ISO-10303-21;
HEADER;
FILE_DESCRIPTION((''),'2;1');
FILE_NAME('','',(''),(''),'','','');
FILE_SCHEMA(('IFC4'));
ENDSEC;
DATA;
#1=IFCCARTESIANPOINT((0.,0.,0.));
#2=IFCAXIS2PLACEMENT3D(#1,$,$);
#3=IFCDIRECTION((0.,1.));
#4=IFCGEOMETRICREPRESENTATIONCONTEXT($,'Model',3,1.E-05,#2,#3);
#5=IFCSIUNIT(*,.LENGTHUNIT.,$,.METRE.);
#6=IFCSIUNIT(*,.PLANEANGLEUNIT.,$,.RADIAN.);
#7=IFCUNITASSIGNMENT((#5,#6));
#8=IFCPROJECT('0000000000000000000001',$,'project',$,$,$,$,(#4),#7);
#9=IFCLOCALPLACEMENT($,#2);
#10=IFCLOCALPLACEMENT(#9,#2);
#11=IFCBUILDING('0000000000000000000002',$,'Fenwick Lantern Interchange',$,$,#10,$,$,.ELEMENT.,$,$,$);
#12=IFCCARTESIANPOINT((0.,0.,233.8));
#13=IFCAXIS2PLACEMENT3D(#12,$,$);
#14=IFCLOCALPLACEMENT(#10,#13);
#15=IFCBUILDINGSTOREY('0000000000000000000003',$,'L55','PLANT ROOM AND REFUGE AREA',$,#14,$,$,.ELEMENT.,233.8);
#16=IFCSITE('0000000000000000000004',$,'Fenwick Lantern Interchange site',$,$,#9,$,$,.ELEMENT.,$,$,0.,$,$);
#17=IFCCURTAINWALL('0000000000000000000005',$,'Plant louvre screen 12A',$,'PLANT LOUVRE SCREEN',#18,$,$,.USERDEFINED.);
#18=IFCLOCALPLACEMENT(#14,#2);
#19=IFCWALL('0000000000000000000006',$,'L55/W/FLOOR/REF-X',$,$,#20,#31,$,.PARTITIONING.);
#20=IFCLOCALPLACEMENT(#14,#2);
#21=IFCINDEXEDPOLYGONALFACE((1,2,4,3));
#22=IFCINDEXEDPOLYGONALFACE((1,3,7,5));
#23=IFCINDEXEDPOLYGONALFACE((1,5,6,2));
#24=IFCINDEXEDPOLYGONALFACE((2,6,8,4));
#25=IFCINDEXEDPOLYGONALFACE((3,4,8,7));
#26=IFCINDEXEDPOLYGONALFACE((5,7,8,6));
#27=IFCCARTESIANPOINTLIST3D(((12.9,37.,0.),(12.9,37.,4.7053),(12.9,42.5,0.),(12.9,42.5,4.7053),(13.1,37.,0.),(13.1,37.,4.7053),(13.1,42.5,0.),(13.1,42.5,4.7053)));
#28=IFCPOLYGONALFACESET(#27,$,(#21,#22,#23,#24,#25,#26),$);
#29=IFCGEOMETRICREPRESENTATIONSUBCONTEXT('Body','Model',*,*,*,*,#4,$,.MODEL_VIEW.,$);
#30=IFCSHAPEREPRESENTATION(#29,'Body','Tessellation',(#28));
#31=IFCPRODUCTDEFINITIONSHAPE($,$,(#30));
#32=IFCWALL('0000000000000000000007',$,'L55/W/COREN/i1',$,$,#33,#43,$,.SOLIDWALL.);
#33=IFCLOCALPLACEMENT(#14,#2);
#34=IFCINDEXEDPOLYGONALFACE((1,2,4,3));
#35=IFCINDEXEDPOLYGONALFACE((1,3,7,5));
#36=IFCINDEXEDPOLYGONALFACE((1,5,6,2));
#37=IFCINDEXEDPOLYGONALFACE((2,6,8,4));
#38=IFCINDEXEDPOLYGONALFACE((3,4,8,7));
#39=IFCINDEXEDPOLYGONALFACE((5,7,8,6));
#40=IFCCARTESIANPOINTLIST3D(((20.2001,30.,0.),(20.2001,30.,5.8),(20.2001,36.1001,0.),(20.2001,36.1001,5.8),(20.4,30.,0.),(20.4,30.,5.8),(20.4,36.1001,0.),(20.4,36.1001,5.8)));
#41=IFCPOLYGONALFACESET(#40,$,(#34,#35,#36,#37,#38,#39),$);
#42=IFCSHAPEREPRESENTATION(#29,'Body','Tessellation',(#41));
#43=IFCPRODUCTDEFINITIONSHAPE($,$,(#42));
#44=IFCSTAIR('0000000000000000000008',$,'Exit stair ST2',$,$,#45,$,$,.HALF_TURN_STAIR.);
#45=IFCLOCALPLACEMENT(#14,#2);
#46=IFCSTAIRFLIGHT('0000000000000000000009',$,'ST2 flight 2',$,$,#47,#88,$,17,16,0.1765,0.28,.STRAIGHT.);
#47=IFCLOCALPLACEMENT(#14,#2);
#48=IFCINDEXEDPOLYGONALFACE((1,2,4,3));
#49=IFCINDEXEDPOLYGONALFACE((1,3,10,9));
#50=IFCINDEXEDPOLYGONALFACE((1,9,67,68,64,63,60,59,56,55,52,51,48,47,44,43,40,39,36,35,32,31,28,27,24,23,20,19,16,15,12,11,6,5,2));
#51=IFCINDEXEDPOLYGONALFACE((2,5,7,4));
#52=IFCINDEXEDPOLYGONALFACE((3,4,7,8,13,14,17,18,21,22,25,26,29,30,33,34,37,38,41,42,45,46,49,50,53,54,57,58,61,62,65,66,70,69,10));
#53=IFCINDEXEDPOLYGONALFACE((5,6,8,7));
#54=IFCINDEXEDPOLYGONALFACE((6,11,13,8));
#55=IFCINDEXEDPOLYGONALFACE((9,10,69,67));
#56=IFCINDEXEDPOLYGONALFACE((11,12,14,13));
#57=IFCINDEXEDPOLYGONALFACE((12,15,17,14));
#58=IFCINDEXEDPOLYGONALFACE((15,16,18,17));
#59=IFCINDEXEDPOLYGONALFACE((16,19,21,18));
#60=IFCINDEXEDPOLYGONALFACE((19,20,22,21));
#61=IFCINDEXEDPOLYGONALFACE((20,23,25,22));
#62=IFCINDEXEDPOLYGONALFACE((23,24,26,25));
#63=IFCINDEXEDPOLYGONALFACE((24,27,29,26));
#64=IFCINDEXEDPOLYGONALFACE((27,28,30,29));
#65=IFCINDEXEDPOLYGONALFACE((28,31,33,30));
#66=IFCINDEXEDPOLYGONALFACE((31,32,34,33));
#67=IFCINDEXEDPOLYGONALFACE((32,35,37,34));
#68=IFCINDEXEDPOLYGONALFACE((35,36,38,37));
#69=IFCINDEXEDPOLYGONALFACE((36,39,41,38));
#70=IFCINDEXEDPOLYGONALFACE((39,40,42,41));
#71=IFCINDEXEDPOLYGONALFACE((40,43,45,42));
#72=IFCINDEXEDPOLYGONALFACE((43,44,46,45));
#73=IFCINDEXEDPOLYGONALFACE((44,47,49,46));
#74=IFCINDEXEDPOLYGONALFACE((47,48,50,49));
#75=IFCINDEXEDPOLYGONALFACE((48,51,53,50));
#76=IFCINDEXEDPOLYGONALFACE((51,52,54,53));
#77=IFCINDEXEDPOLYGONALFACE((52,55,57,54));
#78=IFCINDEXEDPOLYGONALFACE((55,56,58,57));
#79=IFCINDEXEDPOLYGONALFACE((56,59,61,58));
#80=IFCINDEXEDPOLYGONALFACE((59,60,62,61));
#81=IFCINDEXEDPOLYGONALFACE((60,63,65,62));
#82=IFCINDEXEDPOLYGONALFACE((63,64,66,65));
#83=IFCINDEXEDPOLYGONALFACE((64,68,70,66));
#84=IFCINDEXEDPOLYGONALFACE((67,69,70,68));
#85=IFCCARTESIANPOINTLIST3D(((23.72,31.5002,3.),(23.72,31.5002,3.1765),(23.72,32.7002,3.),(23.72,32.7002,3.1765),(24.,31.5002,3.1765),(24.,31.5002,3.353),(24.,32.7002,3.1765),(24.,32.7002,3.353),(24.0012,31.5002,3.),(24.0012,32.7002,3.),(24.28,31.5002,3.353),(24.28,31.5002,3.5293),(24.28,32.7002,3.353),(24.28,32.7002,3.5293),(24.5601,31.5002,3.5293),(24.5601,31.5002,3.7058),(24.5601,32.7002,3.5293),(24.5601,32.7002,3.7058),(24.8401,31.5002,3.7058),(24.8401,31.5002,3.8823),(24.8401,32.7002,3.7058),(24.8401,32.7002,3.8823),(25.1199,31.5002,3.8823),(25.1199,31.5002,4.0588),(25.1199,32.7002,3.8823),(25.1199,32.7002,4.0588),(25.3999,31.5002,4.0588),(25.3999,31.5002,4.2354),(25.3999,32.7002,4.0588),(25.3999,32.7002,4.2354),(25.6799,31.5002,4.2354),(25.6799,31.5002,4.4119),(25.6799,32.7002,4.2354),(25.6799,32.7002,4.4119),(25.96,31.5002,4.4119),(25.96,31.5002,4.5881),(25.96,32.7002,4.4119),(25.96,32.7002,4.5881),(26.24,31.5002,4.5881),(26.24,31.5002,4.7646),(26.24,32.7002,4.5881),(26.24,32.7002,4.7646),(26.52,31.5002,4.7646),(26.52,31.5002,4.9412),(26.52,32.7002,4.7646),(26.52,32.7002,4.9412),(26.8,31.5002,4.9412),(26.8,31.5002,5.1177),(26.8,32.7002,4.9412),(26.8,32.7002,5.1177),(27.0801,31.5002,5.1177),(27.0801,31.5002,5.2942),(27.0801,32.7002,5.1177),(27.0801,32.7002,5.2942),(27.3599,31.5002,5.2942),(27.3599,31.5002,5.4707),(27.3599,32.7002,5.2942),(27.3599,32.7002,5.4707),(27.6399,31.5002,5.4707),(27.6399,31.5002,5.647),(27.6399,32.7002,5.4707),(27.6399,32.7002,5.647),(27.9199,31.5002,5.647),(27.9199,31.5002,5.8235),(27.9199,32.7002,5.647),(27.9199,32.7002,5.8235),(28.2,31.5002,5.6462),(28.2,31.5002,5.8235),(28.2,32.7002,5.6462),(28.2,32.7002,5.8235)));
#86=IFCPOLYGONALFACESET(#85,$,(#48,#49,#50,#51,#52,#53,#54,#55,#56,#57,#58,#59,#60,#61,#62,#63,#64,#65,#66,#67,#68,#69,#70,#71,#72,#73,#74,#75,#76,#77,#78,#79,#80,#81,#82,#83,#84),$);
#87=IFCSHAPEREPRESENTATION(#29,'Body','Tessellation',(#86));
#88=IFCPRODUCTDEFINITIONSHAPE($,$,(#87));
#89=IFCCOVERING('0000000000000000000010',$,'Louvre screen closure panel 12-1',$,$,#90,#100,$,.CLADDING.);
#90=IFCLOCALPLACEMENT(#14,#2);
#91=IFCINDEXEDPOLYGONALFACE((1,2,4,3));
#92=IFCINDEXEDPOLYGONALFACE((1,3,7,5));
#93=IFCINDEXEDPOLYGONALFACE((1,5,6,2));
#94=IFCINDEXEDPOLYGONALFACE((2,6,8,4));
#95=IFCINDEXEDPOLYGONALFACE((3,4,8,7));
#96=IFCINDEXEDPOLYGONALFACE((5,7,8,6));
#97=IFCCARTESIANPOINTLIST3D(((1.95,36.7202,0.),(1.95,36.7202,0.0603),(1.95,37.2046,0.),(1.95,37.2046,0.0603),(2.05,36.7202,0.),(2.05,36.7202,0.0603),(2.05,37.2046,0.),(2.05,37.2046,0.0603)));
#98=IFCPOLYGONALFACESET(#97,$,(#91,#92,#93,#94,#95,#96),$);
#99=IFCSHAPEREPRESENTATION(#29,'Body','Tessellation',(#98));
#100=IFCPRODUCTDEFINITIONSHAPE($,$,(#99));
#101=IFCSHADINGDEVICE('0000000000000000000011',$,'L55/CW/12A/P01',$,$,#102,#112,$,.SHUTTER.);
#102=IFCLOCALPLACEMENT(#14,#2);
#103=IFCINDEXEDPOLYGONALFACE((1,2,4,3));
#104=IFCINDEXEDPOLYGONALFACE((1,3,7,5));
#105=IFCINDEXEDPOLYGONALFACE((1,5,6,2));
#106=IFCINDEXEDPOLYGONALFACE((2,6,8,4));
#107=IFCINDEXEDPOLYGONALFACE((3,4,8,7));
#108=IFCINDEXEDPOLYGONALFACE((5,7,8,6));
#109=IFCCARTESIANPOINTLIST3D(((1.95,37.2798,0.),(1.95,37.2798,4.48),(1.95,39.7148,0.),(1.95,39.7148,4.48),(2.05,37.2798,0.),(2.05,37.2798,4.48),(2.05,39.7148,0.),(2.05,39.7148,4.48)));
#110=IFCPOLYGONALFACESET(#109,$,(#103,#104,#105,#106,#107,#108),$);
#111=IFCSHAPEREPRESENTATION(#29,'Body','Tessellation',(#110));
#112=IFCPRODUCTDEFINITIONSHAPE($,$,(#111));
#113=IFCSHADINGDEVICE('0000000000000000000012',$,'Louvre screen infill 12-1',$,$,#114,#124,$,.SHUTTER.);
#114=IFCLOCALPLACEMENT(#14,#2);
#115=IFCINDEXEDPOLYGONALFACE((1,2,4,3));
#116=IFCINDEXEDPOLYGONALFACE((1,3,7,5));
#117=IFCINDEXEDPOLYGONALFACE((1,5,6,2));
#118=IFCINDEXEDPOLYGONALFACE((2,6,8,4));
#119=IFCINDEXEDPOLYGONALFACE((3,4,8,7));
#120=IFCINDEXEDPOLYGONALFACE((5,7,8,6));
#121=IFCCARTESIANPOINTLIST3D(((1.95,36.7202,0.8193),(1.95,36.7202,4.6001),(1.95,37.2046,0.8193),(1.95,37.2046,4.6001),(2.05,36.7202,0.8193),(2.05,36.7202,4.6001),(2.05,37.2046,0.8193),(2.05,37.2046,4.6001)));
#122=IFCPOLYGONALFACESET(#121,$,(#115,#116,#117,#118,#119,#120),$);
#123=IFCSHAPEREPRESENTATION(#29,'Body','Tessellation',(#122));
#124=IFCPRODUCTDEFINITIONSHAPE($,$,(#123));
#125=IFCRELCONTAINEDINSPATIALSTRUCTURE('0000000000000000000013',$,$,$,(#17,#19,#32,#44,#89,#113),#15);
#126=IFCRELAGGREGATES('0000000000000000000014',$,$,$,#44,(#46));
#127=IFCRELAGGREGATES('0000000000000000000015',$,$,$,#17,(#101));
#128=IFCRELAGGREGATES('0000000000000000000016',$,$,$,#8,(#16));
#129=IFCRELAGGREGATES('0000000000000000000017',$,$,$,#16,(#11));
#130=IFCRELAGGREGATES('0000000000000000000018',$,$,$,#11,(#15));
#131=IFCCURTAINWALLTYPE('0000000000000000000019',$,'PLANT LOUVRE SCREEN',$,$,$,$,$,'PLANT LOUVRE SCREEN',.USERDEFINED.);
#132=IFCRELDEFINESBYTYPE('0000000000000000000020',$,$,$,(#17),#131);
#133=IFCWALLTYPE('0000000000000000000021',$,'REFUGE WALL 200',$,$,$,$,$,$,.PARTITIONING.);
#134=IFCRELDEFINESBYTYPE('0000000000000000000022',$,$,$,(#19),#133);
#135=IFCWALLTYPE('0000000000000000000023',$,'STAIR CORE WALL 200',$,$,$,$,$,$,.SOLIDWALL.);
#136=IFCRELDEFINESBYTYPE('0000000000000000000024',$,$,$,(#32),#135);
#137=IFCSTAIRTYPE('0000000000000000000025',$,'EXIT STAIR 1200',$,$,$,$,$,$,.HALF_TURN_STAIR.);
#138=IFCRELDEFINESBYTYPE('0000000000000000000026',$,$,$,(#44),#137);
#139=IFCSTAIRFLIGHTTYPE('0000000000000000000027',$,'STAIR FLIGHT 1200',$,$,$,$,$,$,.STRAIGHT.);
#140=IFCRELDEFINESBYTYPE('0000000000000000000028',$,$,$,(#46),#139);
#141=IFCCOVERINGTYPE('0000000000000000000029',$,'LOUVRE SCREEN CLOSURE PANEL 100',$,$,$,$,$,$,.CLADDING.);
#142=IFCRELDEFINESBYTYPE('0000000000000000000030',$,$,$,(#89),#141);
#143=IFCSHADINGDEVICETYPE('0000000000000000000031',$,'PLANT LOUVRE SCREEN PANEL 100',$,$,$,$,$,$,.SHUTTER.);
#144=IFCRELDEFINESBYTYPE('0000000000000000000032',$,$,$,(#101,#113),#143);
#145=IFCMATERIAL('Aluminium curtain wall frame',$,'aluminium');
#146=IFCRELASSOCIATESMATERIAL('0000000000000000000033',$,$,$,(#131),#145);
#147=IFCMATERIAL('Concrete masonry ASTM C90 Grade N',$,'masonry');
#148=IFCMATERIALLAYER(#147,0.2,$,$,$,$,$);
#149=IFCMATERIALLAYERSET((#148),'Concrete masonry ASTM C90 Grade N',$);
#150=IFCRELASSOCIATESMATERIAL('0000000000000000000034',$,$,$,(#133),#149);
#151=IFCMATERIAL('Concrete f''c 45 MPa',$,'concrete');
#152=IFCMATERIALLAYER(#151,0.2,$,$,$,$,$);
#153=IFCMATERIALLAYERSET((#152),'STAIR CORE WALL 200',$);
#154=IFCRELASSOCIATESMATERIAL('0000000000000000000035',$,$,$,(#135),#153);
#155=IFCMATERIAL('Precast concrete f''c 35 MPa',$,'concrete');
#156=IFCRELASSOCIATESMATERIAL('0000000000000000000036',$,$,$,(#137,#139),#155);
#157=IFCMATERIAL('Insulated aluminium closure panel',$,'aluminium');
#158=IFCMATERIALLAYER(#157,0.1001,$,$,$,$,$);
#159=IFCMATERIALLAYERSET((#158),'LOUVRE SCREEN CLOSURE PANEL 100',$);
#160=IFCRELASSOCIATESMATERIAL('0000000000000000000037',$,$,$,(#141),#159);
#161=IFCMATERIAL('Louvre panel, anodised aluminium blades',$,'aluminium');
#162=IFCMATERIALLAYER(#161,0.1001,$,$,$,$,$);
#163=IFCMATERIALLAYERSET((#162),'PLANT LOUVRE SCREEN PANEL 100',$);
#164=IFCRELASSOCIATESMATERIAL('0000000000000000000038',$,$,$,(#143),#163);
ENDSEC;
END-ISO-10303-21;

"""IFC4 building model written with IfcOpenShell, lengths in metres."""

from ifc_helpers import new_model, si_unit, direction, frame, frame_2d, origin, origin_2d, place, context, subcontext, project, spatial, polyline, rectangle, outline, extrude, material, layer, layer_set, type_object, element, aggregate, save


model = new_model("IFC4")

# Units and contexts
model_context = context("Model", 3, precision=1e-05, world=origin(), true_north=direction((0.0, 1.0)))
body_context = subcontext(model_context, "Body", "Model", "MODEL_VIEW")
ifc_project = project(units=[si_unit("LENGTHUNIT", "METRE"), si_unit("PLANEANGLEUNIT", "RADIAN")], contexts=[model_context])

# Site, building, storey
site_placement = place(None, origin())
site = spatial("IfcSite", under=ifc_project, at=site_placement, Name="Fenwick Lantern Interchange site", CompositionType="ELEMENT", RefElevation=0.0)
building_placement = place(site_placement, origin())
building = spatial("IfcBuilding", under=site, at=building_placement, Name="Fenwick Lantern Interchange", CompositionType="ELEMENT")
storey_placement = place(building_placement, frame((0.0, 0.0, 233.8)))
storey = spatial("IfcBuildingStorey", under=building, at=storey_placement, Name="L55", Description="PLANT ROOM AND REFUGE AREA", CompositionType="ELEMENT", Elevation=233.8)

# Curtain wall
ifc_material_1 = material(Name="Aluminium curtain wall frame", Category="aluminium")
curtain_wall_type = type_object("IfcCurtainWallType", Name="PLANT LOUVRE SCREEN", ElementType="PLANT LOUVRE SCREEN", PredefinedType="USERDEFINED", material=ifc_material_1)
curtain_wall_1_placement = place(storey_placement, origin())
curtain_wall_1 = element("IfcCurtainWall", 1, at=curtain_wall_1_placement, inside=storey, type_object=curtain_wall_type, Name="Plant louvre screen 12A", ObjectType="PLANT LOUVRE SCREEN", PredefinedType="USERDEFINED")

# Shared definitions
ifc_material_2 = material(Name="Concrete masonry ASTM C90 Grade N", Category="masonry")

# Walls
ifc_layer_1 = layer(ifc_material_2, 0.2)
ifc_layer_set_1 = layer_set([ifc_layer_1], Name="Concrete masonry ASTM C90 Grade N")
wall_type_1 = type_object("IfcWallType", Name="REFUGE WALL 200", PredefinedType="PARTITIONING", material=ifc_layer_set_1)
wall_1_placement = place(storey_placement, frame((13.0, 37.0, 0.0), z_axis=(0.0, 0.0, 1.0), x_axis=(0.0, 1.0, 0.0)))
element("IfcWall", 2, at=wall_1_placement, inside=storey, type_object=wall_type_1, Name="L55/W/FLOOR/REF-X", PredefinedType="PARTITIONING", context=body_context, shape_type="SweptSolid", body=[
    extrude(rectangle(XDim=5.5, YDim=0.2, at=frame_2d((2.75, 0.0))), origin(), (0.0, 0.0, 1.0), 4.7053),
])
ifc_material_3 = material(Name="Concrete f'c 45 MPa", Category="concrete")
ifc_layer_2 = layer(ifc_material_3, 0.2)
ifc_layer_set_2 = layer_set([ifc_layer_2], Name="STAIR CORE WALL 200")
wall_type_2 = type_object("IfcWallType", Name="STAIR CORE WALL 200", PredefinedType="SOLIDWALL", material=ifc_layer_set_2)
wall_2_placement = place(storey_placement, frame((20.3, 36.1001, 0.0), z_axis=(0.0, 0.0, 1.0), x_axis=(0.0, -1.0, 0.0)))
element("IfcWall", 3, at=wall_2_placement, inside=storey, type_object=wall_type_2, Name="L55/W/COREN/i1", PredefinedType="SOLIDWALL", context=body_context, shape_type="SweptSolid", body=[
    extrude(rectangle(XDim=6.1001, YDim=0.2, at=frame_2d((3.05, 0.0))), origin(), (0.0, 0.0, 1.0), 5.8),
])

# Stair, stair flight
ifc_material_4 = material(Name="Precast concrete f'c 35 MPa", Category="concrete")
stair_type = type_object("IfcStairType", Name="EXIT STAIR 1200", PredefinedType="HALF_TURN_STAIR", material=ifc_material_4)
stair_placement = place(storey_placement, origin())
stair = element("IfcStair", 4, at=stair_placement, inside=storey, type_object=stair_type, Name="Exit stair ST2", PredefinedType="HALF_TURN_STAIR")
stair_flight_type = type_object("IfcStairFlightType", Name="STAIR FLIGHT 1200", PredefinedType="STRAIGHT", material=ifc_material_4)
stair_flight_placement = place(storey_placement, frame((23.72, 32.1001, 3.0), z_axis=(0.0, 0.0, 1.0), x_axis=(1.0, 0.0, 0.0)))
stair_flight = element("IfcStairFlight", 5, at=stair_flight_placement, type_object=stair_flight_type, Name="ST2 flight 2", NumberOfRisers=17, NumberOfTreads=16, PredefinedType="STRAIGHT", RiserHeight=0.1765, TreadLength=0.28, context=body_context, shape_type="SweptSolid", body=[
    extrude(outline(polyline([(0.0, 0.0), (0.0, 0.1765), (0.28, 0.1765), (0.28, 0.353), (0.5601, 0.353), (0.5601, 0.5293), (0.8401, 0.5293), (0.8401, 0.7058), (1.1201, 0.7058), (1.1201, 0.8823), (1.3999, 0.8823), (1.3999, 1.0588), (1.6799, 1.0588), (1.6799, 1.2354), (1.96, 1.2354), (1.96, 1.4119), (2.24, 1.4119), (2.24, 1.5881), (2.52, 1.5881), (2.52, 1.7646), (2.8, 1.7646), (2.8, 1.9412), (3.0801, 1.9412), (3.0801, 2.1177), (3.3601, 2.1177), (3.3601, 2.2942), (3.6399, 2.2942), (3.6399, 2.4707), (3.9199, 2.4707), (3.9199, 2.647), (4.2, 2.647), (4.2, 2.8235), (4.48, 2.8235), (4.48, 3.0), (4.48, 2.6462), (0.2812, 0.0), (0.0, 0.0)])), frame((0.0, 0.6001, 0.0), z_axis=(0.0, -1.0, 0.0), x_axis=(1.0, 0.0, 0.0)), (0.0, 0.0, 1.0), 1.2),
])
aggregate(stair, [stair_flight])

# Covering
ifc_material_5 = material(Name="Insulated aluminium closure panel", Category="aluminium")
ifc_layer_3 = layer(ifc_material_5, 0.1001)
ifc_layer_set_3 = layer_set([ifc_layer_3], Name="LOUVRE SCREEN CLOSURE PANEL 100")
covering_type = type_object("IfcCoveringType", Name="LOUVRE SCREEN CLOSURE PANEL 100", PredefinedType="CLADDING", material=ifc_layer_set_3)
covering_placement = place(storey_placement, frame((2.0, 36.9624, 0.0), z_axis=(0.0, 0.0, 1.0), x_axis=(0.0, -1.0, 0.0)))
element("IfcCovering", 6, at=covering_placement, inside=storey, type_object=covering_type, Name="Louvre screen closure panel 12-1", PredefinedType="CLADDING", context=body_context, shape_type="SweptSolid", body=[
    extrude(rectangle(XDim=0.4844, YDim=0.1001, at=origin_2d()), origin(), (0.0, 0.0, 1.0), 0.0603),
])

# Shading devices
ifc_material_6 = material(Name="Louvre panel, anodised aluminium blades", Category="aluminium")
ifc_layer_4 = layer(ifc_material_6, 0.1001)
ifc_layer_set_4 = layer_set([ifc_layer_4], Name="PLANT LOUVRE SCREEN PANEL 100")
shading_device_type = type_object("IfcShadingDeviceType", Name="PLANT LOUVRE SCREEN PANEL 100", PredefinedType="SHUTTER", material=ifc_layer_set_4)
shading_device_1_placement = place(storey_placement, frame((2.0, 38.4973, 0.0), z_axis=(0.0, 0.0, 1.0), x_axis=(0.0, -1.0, 0.0)))
shading_device_1 = element("IfcShadingDevice", 7, at=shading_device_1_placement, type_object=shading_device_type, Name="L55/CW/12A/P01", PredefinedType="SHUTTER", context=body_context, shape_type="SweptSolid", body=[
    extrude(rectangle(XDim=2.4351, YDim=0.1001, at=origin_2d()), origin(), (0.0, 0.0, 1.0), 4.48),
])
aggregate(curtain_wall_1, [shading_device_1])
shading_device_2_placement = place(storey_placement, frame((2.0, 36.9624, 0.8193), z_axis=(0.0, 0.0, 1.0), x_axis=(0.0, -1.0, 0.0)))
element("IfcShadingDevice", 8, at=shading_device_2_placement, inside=storey, type_object=shading_device_type, Name="Louvre screen infill 12-1", PredefinedType="SHUTTER", context=body_context, shape_type="SweptSolid", body=[
    extrude(rectangle(XDim=0.4844, YDim=0.1001, at=origin_2d()), origin(), (0.0, 0.0, 1.0), 3.7808),
])

save(model, "model.ifc")
